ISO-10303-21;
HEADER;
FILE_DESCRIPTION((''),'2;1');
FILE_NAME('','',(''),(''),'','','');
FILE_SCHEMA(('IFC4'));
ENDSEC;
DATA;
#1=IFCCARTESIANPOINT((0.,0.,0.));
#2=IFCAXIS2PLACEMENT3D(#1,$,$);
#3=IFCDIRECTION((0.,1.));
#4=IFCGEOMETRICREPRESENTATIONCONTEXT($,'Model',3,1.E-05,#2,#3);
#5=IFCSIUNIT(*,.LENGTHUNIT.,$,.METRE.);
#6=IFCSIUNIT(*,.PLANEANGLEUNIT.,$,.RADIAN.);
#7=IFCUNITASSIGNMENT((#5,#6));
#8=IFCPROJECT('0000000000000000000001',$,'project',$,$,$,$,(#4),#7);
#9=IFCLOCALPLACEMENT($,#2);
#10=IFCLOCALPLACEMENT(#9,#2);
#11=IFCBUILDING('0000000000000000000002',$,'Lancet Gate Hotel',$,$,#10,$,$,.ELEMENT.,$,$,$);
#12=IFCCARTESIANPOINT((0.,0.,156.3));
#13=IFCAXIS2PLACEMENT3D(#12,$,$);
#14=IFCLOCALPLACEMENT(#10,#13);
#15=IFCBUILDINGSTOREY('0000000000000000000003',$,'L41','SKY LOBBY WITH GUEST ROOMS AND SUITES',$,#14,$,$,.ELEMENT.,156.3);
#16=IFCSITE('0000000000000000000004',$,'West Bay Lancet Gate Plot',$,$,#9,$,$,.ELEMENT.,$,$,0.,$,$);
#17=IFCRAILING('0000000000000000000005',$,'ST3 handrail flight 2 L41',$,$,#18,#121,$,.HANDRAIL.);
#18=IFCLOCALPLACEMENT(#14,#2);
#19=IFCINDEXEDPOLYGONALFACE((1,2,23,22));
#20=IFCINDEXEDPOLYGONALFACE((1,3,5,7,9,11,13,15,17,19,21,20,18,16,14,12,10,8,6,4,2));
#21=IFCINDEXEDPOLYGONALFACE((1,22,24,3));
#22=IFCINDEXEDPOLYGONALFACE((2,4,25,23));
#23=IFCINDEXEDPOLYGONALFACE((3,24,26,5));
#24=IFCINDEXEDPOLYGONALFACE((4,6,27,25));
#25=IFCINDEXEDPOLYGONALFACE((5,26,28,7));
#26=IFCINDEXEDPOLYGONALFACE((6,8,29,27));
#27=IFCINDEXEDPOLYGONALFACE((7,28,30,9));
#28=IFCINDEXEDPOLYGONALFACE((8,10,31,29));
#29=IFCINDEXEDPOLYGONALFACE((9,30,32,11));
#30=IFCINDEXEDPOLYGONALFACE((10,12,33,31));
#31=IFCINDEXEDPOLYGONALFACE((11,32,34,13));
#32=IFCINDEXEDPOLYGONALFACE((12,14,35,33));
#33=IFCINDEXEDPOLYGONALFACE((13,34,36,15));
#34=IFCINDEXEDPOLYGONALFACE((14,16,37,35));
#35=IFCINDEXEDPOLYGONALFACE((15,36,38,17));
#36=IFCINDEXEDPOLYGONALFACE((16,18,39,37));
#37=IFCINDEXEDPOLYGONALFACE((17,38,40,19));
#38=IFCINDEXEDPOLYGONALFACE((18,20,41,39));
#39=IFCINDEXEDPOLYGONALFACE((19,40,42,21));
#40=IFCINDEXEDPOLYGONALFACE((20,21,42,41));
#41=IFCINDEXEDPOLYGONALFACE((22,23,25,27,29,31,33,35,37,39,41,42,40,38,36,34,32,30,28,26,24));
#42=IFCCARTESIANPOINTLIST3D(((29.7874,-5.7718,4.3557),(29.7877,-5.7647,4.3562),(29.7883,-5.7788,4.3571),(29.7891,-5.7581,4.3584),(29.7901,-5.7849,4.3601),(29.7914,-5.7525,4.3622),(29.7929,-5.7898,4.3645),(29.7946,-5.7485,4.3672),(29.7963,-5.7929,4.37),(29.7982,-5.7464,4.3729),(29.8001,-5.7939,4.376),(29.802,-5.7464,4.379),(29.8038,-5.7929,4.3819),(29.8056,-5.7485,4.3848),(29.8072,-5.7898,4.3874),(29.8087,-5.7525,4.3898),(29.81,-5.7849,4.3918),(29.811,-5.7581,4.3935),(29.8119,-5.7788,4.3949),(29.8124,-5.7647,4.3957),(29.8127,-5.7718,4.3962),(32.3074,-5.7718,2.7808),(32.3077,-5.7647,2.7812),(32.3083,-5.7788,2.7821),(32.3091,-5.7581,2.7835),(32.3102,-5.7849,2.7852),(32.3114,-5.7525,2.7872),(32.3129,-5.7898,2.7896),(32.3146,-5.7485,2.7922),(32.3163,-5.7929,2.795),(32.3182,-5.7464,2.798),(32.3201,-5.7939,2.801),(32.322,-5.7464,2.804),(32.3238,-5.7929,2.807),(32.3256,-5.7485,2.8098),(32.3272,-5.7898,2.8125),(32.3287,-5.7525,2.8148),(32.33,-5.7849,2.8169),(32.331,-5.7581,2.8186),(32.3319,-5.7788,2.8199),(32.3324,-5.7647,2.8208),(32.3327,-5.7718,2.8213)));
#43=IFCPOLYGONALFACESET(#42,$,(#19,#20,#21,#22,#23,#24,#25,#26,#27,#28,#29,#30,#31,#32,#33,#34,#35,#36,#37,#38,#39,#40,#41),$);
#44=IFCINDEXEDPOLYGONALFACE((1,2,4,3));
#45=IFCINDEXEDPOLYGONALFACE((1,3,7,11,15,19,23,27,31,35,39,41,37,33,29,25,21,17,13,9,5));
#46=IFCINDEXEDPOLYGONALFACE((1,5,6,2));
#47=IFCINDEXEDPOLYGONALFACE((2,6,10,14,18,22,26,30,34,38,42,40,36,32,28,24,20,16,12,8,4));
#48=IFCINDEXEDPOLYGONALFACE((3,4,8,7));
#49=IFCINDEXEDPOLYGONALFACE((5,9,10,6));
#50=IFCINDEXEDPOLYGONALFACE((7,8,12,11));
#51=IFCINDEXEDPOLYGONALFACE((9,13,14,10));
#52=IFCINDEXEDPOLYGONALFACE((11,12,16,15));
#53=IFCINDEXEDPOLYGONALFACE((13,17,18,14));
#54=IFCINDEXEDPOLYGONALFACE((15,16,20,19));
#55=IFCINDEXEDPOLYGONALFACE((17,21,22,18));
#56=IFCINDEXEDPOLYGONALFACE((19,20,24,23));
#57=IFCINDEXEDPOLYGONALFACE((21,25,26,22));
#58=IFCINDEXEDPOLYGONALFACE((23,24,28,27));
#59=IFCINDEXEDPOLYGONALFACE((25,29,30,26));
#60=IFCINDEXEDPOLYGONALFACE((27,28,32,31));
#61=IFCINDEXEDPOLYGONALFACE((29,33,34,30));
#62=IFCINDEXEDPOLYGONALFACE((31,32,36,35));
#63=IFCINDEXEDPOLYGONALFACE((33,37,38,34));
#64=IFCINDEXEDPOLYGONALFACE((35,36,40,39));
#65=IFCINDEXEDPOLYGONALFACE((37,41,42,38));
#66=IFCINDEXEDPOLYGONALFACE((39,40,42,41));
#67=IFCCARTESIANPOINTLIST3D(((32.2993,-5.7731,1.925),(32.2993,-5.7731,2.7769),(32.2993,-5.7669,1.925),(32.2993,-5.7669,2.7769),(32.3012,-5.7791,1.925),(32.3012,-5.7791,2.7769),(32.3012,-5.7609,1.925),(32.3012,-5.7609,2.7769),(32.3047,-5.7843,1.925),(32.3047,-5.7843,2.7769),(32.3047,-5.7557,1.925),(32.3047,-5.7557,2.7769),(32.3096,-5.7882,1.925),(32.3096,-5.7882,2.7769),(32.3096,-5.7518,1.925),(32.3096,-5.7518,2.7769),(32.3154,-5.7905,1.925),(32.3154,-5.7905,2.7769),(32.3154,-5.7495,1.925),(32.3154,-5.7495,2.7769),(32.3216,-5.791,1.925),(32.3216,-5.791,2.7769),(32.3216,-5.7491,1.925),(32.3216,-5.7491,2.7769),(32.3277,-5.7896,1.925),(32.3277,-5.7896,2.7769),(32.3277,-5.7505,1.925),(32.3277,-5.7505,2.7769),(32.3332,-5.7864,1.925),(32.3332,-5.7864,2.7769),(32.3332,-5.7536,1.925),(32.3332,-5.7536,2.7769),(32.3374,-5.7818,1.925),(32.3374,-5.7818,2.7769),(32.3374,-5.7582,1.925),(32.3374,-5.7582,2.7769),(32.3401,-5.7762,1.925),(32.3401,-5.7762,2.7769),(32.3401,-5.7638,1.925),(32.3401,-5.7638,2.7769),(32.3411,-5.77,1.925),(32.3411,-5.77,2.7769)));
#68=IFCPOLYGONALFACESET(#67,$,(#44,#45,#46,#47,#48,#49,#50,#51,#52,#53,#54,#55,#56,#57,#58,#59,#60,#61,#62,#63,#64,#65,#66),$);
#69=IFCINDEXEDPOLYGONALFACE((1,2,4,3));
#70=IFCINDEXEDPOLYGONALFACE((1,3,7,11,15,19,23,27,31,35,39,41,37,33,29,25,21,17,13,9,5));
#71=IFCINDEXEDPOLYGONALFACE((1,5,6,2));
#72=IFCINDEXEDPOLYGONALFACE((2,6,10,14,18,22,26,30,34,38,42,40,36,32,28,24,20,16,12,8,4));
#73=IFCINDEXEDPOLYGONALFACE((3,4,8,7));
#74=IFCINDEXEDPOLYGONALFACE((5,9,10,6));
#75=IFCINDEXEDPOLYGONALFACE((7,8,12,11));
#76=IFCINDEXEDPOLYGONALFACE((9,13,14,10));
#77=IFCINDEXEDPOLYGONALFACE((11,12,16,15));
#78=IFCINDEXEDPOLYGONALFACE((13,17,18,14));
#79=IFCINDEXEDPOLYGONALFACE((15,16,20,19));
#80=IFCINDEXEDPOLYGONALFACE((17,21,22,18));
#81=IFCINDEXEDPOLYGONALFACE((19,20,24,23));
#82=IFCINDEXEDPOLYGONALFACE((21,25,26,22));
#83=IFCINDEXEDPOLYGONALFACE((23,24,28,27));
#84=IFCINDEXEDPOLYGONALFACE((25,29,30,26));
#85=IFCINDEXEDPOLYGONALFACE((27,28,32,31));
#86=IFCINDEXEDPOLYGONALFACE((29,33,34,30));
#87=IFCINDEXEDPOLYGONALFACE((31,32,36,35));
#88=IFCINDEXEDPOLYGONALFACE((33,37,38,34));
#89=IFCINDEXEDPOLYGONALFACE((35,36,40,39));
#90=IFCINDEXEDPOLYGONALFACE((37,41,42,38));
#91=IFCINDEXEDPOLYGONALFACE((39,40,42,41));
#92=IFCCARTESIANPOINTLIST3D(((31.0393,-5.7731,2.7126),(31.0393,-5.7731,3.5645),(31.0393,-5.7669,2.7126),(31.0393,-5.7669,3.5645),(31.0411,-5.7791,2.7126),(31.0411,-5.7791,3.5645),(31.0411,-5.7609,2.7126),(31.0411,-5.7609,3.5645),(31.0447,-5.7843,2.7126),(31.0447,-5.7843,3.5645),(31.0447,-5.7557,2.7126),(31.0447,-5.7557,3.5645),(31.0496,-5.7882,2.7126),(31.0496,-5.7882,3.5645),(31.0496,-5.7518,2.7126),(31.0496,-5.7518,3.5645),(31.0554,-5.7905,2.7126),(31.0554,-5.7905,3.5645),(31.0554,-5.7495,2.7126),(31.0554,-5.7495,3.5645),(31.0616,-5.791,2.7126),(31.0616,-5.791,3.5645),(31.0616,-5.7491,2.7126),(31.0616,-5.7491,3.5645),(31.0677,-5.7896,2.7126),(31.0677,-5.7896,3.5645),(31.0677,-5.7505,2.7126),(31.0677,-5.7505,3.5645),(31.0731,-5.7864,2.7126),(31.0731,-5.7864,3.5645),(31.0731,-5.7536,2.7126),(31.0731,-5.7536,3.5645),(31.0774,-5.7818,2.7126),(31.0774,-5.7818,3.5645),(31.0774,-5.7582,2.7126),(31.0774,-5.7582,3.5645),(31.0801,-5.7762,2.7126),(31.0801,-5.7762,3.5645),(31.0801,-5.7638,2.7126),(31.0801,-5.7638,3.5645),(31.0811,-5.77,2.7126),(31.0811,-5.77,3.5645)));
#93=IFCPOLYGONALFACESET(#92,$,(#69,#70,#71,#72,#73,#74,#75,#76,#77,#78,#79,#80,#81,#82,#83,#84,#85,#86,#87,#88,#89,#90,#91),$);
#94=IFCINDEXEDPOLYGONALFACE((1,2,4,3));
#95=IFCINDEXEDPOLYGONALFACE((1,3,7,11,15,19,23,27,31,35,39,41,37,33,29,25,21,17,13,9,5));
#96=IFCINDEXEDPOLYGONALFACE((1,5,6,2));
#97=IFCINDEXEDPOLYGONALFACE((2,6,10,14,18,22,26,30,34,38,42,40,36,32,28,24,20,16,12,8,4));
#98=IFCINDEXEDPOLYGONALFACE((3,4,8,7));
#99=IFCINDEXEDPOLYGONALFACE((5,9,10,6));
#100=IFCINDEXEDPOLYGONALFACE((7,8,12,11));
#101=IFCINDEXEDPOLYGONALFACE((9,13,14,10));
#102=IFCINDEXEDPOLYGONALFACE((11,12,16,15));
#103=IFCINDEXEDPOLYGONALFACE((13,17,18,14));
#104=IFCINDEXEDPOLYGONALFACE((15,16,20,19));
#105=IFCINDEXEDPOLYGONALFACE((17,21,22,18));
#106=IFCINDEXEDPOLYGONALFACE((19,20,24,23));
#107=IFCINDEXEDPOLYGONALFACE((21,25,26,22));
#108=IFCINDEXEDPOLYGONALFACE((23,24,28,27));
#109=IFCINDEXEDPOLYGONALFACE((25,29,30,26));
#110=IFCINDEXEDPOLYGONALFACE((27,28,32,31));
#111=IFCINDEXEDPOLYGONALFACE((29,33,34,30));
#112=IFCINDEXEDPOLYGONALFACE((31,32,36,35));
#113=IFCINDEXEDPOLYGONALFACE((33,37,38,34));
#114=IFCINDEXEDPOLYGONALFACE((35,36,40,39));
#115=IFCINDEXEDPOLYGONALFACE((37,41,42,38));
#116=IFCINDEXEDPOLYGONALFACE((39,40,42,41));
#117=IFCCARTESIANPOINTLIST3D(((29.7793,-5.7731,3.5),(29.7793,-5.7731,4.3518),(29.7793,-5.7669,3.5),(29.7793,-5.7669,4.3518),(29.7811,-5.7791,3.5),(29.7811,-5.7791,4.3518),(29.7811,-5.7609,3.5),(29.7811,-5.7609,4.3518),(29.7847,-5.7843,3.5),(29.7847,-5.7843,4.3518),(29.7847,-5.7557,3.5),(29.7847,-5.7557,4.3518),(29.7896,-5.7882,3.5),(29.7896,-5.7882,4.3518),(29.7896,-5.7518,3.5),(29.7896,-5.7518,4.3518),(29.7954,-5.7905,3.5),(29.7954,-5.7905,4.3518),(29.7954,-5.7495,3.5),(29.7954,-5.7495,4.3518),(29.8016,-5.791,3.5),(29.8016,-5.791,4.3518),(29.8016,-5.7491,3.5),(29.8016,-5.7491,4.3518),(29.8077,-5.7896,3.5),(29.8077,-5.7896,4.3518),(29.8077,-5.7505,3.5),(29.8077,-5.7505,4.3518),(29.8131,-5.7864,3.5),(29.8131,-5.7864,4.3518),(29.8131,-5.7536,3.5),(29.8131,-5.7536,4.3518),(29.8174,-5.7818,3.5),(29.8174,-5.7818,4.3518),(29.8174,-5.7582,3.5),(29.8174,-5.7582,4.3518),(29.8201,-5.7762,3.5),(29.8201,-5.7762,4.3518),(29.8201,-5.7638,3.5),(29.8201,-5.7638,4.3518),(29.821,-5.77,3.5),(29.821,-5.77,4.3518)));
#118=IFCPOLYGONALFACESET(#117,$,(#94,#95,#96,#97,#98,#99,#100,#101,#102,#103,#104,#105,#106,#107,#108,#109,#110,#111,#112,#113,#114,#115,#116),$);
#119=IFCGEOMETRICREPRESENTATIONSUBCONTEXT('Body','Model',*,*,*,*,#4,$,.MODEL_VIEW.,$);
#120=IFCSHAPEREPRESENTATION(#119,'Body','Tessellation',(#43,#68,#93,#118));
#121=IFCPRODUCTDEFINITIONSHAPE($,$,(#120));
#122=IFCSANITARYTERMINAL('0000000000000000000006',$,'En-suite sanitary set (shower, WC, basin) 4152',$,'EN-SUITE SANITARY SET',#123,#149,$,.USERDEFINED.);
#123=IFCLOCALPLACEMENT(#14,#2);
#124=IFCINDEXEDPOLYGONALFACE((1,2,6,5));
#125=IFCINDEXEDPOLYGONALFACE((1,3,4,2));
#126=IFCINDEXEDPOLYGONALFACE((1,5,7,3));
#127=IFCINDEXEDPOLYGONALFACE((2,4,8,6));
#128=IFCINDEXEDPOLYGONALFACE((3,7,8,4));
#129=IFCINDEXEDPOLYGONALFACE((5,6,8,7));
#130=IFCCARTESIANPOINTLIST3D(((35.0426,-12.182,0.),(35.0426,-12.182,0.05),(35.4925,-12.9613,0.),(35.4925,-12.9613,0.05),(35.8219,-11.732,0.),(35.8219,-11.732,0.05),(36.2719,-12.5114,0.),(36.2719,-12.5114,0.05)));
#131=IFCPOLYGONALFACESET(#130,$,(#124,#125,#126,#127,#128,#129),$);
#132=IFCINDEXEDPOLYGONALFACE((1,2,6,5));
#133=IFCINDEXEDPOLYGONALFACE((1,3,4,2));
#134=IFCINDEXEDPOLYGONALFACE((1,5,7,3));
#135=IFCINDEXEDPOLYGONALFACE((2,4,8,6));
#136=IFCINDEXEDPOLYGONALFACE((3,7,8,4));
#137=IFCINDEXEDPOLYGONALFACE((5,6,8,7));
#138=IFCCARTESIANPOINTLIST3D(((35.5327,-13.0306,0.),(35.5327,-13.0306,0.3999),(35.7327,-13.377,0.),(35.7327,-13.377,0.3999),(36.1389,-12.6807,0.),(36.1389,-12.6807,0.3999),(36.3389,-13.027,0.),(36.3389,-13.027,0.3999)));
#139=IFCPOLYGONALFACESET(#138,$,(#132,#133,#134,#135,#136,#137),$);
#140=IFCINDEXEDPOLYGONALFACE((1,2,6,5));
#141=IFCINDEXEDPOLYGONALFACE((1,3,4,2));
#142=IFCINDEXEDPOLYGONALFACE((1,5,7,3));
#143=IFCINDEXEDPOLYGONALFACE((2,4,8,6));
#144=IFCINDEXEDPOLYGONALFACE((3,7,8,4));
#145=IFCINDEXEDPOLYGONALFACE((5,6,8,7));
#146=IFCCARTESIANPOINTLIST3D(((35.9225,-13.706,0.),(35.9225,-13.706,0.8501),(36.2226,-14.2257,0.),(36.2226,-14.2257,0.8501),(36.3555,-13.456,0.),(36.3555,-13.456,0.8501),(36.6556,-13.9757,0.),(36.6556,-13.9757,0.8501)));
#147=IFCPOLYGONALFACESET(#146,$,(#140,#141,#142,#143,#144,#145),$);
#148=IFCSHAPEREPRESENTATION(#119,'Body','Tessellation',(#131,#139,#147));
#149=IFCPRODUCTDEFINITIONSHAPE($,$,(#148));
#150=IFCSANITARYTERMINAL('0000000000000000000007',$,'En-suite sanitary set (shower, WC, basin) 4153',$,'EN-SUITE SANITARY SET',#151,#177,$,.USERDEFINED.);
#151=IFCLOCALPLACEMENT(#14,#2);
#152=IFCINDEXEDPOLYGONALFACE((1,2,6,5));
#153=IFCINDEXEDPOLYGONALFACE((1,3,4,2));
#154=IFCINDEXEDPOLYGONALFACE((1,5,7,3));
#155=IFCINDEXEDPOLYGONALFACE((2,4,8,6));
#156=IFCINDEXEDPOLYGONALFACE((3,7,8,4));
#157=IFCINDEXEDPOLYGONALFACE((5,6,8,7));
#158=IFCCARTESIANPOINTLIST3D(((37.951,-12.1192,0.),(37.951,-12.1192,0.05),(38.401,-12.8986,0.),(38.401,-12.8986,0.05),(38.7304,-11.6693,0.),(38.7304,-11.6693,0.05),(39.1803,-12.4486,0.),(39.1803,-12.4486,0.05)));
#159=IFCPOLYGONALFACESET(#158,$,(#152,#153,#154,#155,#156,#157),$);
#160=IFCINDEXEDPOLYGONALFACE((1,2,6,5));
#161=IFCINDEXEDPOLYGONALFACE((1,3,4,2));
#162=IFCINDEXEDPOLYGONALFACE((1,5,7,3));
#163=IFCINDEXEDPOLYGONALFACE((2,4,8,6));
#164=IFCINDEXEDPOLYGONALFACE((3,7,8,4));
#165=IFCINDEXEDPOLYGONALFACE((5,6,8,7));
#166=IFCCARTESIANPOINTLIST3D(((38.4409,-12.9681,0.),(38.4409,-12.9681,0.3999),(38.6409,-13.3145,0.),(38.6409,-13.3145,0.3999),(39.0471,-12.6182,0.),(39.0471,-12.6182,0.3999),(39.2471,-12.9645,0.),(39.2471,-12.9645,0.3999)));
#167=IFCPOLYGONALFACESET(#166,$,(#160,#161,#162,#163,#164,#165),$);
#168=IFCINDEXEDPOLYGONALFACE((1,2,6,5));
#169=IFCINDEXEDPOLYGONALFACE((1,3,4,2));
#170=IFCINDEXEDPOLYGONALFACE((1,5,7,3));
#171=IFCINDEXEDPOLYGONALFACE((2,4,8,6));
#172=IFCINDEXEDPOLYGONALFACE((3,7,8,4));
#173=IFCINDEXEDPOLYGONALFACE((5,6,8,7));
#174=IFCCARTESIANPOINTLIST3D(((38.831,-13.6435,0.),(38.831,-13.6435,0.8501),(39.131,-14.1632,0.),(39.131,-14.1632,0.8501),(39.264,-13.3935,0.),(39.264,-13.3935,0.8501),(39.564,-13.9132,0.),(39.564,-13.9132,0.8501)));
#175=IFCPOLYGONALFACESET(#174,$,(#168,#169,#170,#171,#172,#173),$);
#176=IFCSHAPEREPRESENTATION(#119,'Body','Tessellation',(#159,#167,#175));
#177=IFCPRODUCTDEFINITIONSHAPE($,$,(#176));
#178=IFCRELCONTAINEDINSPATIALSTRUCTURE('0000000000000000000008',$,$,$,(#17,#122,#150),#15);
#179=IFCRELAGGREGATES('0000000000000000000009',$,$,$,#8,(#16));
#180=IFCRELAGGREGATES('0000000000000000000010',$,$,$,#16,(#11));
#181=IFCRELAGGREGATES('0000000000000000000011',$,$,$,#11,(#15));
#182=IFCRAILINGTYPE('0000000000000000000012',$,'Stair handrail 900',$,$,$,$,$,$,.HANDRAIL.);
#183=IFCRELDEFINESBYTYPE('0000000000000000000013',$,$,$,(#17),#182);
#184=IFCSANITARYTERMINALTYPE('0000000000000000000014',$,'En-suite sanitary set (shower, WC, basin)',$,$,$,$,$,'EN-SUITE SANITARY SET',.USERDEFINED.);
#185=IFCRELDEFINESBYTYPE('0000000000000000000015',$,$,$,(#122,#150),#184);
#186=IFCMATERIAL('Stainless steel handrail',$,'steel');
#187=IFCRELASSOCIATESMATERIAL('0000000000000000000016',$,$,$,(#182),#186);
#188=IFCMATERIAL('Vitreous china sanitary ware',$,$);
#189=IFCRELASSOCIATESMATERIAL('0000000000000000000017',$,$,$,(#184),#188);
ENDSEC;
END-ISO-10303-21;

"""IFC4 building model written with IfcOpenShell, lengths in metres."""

from ifc_helpers import new_model, si_unit, direction, frame, origin, origin_2d, place, context, subcontext, project, spatial, rectangle, circle, extrude, material, type_object, element, save


model = new_model("IFC4")

# Units and contexts
model_context = context("Model", 3, precision=1e-05, world=origin(), true_north=direction((0.0, 1.0)))
body_context = subcontext(model_context, "Body", "Model", "MODEL_VIEW")
ifc_project = project(units=[si_unit("LENGTHUNIT", "METRE"), si_unit("PLANEANGLEUNIT", "RADIAN")], contexts=[model_context])

# Site, building, storey
site_placement = place(None, origin())
site = spatial("IfcSite", under=ifc_project, at=site_placement, Name="West Bay Lancet Gate Plot", CompositionType="ELEMENT", RefElevation=0.0)
building_placement = place(site_placement, origin())
building = spatial("IfcBuilding", under=site, at=building_placement, Name="Lancet Gate Hotel", CompositionType="ELEMENT")
storey_placement = place(building_placement, frame((0.0, 0.0, 156.3)))
storey = spatial("IfcBuildingStorey", under=building, at=storey_placement, Name="L41", Description="SKY LOBBY WITH GUEST ROOMS AND SUITES", CompositionType="ELEMENT", Elevation=156.3)

# Railing
ifc_material_1 = material(Name="Stainless steel handrail", Category="steel")
railing_type = type_object("IfcRailingType", Name="Stair handrail 900", PredefinedType="HANDRAIL", material=ifc_material_1)
railing_1_placement = place(storey_placement, frame((32.3201, -5.77, 1.925)))
element("IfcRailing", 1, at=railing_1_placement, inside=storey, type_object=railing_type, Name="ST3 handrail flight 2 L41", PredefinedType="HANDRAIL", context=body_context, shape_type="SweptSolid", body=[
    extrude(circle(Radius=0.0239, at=origin_2d()), frame((0.0, 0.0, 0.876), z_axis=(-0.848008, 0.0, 0.529984), x_axis=(0.0, -1.0, 0.0)), (0.0, 0.0, 1.0), 2.9717),
    extrude(circle(Radius=0.021, at=origin_2d()), origin(), (0.0, 0.0, 1.0), 0.8518),
    extrude(circle(Radius=0.021, at=origin_2d()), frame((-1.26, 0.0, 0.7876)), (0.0, 0.0, 1.0), 0.8518),
    extrude(circle(Radius=0.021, at=origin_2d()), frame((-2.52, 0.0, 1.575)), (0.0, 0.0, 1.0), 0.8518),
])

# Sanitary terminals
ifc_material_2 = material(Name="Vitreous china sanitary ware")
sanitary_terminal_type = type_object("IfcSanitaryTerminalType", Name="En-suite sanitary set (shower, WC, basin)", ElementType="EN-SUITE SANITARY SET", PredefinedType="USERDEFINED", material=ifc_material_2)
sanitary_terminal_1_placement = place(storey_placement, frame((35.6572, -12.3467, 0.0), z_axis=(0.0, 0.0, 1.0), x_axis=(1.0, 0.0, 0.0)))
element("IfcSanitaryTerminal", 2, at=sanitary_terminal_1_placement, inside=storey, type_object=sanitary_terminal_type, Name="En-suite sanitary set (shower, WC, basin) 4152", ObjectType="EN-SUITE SANITARY SET", PredefinedType="USERDEFINED", context=body_context, shape_type="SweptSolid", body=[
    extrude(rectangle(XDim=0.8999, YDim=0.8999, at=origin_2d()), frame((0.0, 0.0, 0.0), z_axis=(0.0, 0.0, 1.0), x_axis=(-0.5, 0.866025, 0.0)), (0.0, 0.0, 1.0), 0.05),
    extrude(rectangle(XDim=0.3999, YDim=0.7, at=origin_2d()), frame((0.2786, -0.6821, 0.0), z_axis=(0.0, 0.0, 1.0), x_axis=(-0.5, 0.866025, 0.0)), (0.0, 0.0, 1.0), 0.3999),
    extrude(rectangle(XDim=0.6001, YDim=0.5, at=origin_2d()), frame((0.6318, -1.4941, 0.0), z_axis=(0.0, 0.0, 1.0), x_axis=(-0.5, 0.866025, 0.0)), (0.0, 0.0, 1.0), 0.8501),
])
sanitary_terminal_2_placement = place(storey_placement, frame((38.5657, -12.2839, 0.0), z_axis=(0.0, 0.0, 1.0), x_axis=(1.0, 0.0, 0.0)))
element("IfcSanitaryTerminal", 3, at=sanitary_terminal_2_placement, inside=storey, type_object=sanitary_terminal_type, Name="En-suite sanitary set (shower, WC, basin) 4153", ObjectType="EN-SUITE SANITARY SET", PredefinedType="USERDEFINED", context=body_context, shape_type="SweptSolid", body=[
    extrude(rectangle(XDim=0.8999, YDim=0.8999, at=origin_2d()), frame((0.0, 0.0, 0.0), z_axis=(0.0, 0.0, 1.0), x_axis=(-0.5, 0.866025, 0.0)), (0.0, 0.0, 1.0), 0.05),
    extrude(rectangle(XDim=0.3999, YDim=0.7, at=origin_2d()), frame((0.2783, -0.6824, 0.0), z_axis=(0.0, 0.0, 1.0), x_axis=(-0.5, 0.866025, 0.0)), (0.0, 0.0, 1.0), 0.3999),
    extrude(rectangle(XDim=0.6001, YDim=0.5, at=origin_2d()), frame((0.6318, -1.4944, 0.0), z_axis=(0.0, 0.0, 1.0), x_axis=(-0.5, 0.866025, 0.0)), (0.0, 0.0, 1.0), 0.8501),
])

save(model, "model.ifc")
